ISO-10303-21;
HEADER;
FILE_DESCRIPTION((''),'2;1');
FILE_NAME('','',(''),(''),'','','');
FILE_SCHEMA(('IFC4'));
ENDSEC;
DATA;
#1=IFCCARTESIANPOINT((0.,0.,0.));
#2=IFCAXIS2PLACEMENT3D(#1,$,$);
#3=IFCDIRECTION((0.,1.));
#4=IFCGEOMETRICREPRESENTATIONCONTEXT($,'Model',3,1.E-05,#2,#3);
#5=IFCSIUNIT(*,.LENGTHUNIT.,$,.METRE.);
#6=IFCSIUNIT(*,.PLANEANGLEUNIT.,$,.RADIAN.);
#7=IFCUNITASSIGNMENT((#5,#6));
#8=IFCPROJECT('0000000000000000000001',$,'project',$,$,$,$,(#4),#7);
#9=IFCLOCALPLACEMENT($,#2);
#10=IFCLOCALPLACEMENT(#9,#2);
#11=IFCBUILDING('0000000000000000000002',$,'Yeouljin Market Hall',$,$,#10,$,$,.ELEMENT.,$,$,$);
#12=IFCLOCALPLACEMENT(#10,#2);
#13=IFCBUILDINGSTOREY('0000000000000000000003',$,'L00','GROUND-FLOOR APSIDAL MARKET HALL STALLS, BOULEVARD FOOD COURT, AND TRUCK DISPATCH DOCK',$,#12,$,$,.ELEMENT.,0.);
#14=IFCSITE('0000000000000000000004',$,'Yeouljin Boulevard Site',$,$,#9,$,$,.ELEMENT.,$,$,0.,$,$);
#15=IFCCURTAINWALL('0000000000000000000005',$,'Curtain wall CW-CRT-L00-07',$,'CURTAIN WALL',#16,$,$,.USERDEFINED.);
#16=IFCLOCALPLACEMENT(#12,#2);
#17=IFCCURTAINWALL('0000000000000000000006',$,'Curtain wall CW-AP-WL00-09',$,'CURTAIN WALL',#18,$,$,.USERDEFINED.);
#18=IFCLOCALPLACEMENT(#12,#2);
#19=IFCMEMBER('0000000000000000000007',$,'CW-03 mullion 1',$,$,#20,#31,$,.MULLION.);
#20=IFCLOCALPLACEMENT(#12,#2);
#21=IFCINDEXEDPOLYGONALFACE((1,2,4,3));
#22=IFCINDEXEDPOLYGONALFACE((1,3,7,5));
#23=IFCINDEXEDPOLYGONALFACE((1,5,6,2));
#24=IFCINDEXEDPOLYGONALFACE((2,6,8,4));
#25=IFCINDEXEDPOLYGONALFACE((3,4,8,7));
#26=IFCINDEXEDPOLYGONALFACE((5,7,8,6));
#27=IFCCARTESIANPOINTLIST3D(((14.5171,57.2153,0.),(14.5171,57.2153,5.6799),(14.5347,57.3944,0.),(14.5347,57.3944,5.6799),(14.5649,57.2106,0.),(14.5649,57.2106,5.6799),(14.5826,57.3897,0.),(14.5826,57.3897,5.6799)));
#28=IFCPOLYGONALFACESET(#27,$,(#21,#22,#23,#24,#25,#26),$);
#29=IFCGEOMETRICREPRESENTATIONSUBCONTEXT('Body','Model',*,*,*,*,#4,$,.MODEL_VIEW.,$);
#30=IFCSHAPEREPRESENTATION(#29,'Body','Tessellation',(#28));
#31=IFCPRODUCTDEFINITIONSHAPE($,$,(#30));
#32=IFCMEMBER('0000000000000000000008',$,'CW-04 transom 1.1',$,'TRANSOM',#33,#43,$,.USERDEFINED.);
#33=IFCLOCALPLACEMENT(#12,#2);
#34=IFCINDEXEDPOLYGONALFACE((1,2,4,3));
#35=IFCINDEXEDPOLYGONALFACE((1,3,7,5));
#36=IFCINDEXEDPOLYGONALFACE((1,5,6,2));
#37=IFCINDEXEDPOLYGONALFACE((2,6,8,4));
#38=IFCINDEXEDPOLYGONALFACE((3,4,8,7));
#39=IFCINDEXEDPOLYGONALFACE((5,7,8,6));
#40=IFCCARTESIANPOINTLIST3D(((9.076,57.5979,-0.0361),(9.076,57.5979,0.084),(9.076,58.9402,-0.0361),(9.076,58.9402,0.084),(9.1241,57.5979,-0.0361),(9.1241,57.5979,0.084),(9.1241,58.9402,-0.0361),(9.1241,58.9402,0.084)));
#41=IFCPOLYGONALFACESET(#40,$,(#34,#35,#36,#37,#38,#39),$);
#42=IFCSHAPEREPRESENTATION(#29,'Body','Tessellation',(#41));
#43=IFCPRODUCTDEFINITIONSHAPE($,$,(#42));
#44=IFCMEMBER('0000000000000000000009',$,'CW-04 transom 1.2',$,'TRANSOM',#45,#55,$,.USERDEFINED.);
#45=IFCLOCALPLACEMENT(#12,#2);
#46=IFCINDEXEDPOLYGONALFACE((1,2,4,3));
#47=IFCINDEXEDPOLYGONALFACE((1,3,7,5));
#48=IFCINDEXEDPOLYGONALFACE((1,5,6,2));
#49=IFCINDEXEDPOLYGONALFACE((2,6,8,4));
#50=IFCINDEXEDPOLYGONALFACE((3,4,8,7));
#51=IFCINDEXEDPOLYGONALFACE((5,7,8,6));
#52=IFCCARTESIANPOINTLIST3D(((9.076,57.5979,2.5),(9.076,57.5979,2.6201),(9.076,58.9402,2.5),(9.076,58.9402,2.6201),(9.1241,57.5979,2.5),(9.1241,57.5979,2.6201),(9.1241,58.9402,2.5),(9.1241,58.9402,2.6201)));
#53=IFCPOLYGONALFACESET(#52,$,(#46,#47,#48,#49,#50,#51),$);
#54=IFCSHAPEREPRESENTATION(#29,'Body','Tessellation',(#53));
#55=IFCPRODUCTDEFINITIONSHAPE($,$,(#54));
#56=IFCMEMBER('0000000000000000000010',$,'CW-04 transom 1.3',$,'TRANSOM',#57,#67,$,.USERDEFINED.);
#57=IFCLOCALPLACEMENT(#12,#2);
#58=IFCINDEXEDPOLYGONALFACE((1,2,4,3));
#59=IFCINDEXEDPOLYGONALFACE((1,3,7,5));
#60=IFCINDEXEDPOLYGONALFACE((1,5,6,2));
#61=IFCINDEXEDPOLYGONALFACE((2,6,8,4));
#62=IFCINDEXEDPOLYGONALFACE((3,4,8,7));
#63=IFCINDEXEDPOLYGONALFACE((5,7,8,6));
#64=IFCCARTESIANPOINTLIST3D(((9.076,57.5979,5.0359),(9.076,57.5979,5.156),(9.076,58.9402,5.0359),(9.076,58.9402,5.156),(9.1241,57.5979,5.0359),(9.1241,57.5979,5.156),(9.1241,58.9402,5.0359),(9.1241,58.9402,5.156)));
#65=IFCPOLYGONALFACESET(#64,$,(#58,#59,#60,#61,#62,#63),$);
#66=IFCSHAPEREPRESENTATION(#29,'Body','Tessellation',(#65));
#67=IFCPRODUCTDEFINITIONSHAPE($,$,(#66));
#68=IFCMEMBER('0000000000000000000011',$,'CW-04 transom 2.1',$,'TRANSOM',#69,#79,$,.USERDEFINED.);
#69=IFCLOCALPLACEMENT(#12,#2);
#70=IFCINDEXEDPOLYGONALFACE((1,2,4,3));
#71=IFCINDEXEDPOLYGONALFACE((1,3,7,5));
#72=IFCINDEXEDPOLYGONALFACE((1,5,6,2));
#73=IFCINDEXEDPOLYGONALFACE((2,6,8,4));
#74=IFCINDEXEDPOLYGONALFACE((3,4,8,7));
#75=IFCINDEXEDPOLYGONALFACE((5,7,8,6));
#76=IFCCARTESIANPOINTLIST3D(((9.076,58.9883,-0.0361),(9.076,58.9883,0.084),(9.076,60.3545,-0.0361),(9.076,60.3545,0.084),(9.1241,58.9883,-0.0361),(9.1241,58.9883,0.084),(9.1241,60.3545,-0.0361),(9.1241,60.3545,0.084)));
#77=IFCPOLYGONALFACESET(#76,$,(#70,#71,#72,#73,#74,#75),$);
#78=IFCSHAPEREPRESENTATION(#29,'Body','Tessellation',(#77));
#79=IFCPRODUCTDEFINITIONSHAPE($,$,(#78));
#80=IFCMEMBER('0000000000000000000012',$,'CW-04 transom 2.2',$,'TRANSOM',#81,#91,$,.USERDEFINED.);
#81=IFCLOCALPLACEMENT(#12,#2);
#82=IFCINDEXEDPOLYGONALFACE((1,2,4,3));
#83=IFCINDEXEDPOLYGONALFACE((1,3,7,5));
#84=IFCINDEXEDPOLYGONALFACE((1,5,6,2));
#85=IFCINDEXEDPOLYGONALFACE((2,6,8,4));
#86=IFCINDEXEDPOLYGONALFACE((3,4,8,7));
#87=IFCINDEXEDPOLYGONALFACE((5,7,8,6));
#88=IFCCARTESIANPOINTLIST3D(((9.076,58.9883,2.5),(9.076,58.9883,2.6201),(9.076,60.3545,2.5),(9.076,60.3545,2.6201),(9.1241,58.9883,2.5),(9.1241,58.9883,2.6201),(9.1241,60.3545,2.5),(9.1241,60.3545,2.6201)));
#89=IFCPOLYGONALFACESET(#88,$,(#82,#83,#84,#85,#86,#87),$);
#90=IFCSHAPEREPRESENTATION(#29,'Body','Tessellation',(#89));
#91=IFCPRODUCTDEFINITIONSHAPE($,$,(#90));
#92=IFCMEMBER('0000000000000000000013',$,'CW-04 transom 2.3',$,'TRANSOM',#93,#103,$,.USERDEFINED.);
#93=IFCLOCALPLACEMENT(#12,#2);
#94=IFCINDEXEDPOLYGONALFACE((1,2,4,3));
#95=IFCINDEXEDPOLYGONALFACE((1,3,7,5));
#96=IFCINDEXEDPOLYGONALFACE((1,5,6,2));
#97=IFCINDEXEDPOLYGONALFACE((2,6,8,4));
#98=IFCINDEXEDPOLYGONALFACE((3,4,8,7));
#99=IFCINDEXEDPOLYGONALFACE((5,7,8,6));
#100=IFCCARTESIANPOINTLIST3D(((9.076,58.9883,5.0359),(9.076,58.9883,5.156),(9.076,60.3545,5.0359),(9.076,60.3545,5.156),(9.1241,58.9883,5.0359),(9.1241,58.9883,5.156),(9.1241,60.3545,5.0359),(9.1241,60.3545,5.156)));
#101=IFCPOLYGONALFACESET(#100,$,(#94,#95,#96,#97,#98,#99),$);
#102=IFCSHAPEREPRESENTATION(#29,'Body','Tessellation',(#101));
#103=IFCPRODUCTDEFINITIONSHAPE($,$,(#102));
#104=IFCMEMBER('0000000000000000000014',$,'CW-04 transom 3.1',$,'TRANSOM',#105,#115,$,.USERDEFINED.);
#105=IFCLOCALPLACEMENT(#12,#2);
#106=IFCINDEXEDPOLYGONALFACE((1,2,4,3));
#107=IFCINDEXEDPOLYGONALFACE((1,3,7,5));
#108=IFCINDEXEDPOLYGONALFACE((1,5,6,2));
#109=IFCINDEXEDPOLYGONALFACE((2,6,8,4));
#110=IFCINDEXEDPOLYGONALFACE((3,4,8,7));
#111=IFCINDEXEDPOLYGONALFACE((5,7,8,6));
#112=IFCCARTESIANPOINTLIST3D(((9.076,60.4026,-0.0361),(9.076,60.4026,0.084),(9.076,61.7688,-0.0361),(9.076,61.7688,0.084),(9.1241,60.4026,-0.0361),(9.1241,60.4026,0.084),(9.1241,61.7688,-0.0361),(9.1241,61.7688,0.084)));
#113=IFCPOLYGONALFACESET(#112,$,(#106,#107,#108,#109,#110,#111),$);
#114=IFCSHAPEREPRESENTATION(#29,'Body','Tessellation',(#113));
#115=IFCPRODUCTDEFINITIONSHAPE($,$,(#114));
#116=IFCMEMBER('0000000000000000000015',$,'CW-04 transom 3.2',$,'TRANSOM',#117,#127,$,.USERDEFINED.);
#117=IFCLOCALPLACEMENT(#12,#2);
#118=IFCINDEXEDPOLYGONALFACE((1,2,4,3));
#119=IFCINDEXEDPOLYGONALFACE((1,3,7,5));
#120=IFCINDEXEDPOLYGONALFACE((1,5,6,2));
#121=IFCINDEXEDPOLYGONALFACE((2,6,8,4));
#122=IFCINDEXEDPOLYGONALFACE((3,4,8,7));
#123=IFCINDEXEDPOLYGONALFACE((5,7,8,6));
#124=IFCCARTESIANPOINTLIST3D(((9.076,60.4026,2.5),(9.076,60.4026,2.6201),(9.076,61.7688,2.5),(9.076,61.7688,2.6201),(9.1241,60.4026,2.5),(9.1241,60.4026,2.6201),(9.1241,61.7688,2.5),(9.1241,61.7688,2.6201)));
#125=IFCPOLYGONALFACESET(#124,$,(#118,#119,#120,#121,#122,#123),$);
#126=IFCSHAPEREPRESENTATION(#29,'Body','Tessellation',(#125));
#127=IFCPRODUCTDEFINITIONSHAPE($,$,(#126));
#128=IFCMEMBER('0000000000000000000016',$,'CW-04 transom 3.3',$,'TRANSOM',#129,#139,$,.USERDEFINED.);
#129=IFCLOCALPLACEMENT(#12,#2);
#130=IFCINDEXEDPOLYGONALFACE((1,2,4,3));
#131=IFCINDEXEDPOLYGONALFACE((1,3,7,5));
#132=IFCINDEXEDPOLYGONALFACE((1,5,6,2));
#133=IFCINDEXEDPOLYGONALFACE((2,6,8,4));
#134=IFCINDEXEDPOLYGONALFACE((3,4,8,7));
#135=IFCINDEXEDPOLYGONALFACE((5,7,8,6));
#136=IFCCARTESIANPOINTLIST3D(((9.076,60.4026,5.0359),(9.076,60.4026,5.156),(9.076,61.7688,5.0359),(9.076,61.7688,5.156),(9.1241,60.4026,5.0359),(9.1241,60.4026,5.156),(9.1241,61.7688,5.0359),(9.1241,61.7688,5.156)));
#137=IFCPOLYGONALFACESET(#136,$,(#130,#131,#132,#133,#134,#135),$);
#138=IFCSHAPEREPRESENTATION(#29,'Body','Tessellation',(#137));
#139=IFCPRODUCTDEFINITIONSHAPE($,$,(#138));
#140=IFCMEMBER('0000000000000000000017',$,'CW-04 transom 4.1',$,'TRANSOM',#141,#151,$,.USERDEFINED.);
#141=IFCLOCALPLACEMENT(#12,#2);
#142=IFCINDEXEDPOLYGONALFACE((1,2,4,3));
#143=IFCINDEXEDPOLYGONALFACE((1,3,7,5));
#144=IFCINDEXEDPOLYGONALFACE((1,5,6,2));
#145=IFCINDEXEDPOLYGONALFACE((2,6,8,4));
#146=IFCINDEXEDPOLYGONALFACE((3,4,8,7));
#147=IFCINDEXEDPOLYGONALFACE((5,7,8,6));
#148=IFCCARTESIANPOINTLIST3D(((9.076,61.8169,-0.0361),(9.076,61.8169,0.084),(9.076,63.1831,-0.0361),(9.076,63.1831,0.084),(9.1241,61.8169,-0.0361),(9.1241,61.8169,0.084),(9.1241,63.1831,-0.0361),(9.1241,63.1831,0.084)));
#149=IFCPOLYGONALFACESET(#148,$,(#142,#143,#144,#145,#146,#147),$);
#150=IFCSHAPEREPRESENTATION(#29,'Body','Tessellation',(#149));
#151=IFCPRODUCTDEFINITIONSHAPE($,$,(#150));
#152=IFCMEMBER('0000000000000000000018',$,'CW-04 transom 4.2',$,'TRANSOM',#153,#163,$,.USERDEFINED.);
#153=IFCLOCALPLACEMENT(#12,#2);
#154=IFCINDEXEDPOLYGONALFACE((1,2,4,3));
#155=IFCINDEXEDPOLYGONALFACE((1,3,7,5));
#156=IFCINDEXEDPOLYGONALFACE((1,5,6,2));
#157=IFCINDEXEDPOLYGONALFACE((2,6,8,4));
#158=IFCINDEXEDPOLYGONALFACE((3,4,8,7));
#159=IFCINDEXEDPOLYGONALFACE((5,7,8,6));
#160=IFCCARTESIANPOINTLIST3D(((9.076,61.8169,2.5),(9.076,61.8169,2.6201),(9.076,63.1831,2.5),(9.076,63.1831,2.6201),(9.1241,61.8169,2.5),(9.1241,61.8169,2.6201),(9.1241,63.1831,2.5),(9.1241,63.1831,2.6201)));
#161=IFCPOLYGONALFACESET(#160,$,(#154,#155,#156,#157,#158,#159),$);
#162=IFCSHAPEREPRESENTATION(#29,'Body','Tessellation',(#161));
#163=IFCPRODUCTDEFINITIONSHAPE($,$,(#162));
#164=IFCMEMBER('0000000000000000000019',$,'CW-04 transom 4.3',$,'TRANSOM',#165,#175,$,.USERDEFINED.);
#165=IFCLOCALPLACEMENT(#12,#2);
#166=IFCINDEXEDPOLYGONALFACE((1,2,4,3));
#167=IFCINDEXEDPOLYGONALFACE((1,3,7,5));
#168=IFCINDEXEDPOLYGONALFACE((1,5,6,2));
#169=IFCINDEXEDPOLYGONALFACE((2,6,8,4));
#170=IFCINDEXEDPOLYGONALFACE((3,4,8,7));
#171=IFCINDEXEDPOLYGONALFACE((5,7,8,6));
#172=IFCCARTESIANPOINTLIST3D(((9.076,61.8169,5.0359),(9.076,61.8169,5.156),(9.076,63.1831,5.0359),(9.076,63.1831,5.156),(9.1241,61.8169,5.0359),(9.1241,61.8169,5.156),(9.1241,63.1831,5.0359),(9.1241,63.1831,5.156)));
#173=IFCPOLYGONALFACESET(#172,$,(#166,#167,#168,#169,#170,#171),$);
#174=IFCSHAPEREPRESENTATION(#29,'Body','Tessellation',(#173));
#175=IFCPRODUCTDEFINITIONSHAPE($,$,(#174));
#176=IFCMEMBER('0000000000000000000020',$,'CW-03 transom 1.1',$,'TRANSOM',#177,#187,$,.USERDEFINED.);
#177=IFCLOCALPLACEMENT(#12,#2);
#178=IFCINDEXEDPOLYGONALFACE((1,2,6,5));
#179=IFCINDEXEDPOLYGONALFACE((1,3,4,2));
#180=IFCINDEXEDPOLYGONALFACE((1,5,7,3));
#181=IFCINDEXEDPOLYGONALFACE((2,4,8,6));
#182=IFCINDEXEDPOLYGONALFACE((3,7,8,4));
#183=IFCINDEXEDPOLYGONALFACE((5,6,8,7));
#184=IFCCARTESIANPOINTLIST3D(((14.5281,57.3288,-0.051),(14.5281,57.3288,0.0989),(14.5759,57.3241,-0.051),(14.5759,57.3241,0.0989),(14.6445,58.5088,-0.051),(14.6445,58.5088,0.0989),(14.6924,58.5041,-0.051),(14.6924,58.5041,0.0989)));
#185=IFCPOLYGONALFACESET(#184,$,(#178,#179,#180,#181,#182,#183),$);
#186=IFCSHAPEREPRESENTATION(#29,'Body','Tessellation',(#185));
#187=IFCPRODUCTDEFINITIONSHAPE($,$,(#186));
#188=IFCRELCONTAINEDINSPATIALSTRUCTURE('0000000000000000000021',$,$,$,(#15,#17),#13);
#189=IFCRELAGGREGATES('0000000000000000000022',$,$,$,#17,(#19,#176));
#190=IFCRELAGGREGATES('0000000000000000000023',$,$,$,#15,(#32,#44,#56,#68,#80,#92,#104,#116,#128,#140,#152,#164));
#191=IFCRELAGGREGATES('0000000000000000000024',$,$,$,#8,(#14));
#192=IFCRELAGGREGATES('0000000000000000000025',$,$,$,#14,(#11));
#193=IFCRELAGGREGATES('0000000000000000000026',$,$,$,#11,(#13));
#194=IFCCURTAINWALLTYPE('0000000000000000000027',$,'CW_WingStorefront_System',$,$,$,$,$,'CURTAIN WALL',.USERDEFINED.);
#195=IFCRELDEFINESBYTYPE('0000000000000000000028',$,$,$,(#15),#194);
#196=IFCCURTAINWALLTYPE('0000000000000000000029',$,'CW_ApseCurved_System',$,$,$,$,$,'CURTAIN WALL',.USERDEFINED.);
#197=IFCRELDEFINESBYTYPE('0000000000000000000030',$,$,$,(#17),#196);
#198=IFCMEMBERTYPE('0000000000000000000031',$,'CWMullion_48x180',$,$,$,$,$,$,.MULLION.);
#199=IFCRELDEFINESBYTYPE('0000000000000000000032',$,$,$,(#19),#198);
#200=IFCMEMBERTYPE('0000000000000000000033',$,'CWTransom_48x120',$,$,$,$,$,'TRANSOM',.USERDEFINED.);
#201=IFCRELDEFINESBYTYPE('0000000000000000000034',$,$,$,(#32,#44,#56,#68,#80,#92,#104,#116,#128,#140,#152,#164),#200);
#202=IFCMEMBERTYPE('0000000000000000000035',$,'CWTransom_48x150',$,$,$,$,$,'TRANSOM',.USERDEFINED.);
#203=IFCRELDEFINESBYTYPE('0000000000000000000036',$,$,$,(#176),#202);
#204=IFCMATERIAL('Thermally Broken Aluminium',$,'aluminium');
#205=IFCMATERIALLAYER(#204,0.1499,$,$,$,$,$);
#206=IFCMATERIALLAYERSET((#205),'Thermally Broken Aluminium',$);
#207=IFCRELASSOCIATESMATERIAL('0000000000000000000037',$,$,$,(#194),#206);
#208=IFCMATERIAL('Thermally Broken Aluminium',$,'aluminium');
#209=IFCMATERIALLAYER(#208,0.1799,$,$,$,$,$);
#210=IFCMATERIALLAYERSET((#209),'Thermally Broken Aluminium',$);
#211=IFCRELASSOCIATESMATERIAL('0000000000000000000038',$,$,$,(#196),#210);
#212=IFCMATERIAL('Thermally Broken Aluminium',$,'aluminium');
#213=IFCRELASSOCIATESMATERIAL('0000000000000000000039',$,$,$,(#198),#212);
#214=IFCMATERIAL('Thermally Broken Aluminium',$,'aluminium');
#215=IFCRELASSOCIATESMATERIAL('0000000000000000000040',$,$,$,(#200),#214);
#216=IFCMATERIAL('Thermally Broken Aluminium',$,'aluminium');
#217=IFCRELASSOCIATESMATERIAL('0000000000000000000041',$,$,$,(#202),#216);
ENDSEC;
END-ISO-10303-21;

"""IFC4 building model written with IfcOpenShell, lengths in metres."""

from ifc_helpers import new_model, si_unit, direction, frame, origin, origin_2d, place, context, subcontext, project, spatial, rectangle, extrude, material, layer, layer_set, material_profile, profile_set, type_object, element, aggregate, save


model = new_model("IFC4")

# Units and contexts
model_context = context("Model", 3, precision=1e-05, world=origin(), true_north=direction((0.0, 1.0)))
body_context = subcontext(model_context, "Body", "Model", "MODEL_VIEW")
ifc_project = project(units=[si_unit("LENGTHUNIT", "METRE"), si_unit("PLANEANGLEUNIT", "RADIAN")], contexts=[model_context])

# Site, building, storey
site_placement = place(None, origin())
site = spatial("IfcSite", under=ifc_project, at=site_placement, Name="Yeouljin Boulevard Site", CompositionType="ELEMENT", RefElevation=0.0)
building_placement = place(site_placement, origin())
building = spatial("IfcBuilding", under=site, at=building_placement, Name="Yeouljin Market Hall", CompositionType="ELEMENT")
storey_placement = place(building_placement, origin())
storey = spatial("IfcBuildingStorey", under=building, at=storey_placement, Name="L00", Description="GROUND-FLOOR APSIDAL MARKET HALL STALLS, BOULEVARD FOOD COURT, AND TRUCK DISPATCH DOCK", CompositionType="ELEMENT", Elevation=0.0)

# Curtain wall
ifc_material_1 = material(Name="Thermally Broken Aluminium", Category="aluminium")
ifc_layer_1 = layer(ifc_material_1, 0.1499)
ifc_layer_set_1 = layer_set([ifc_layer_1], Name="Thermally Broken Aluminium")
curtain_wall_type_1 = type_object("IfcCurtainWallType", Name="CW_WingStorefront_System", ElementType="CURTAIN WALL", PredefinedType="USERDEFINED", material=ifc_layer_set_1)
curtain_wall_1_placement = place(storey_placement, origin())
curtain_wall_1 = element("IfcCurtainWall", 1, at=curtain_wall_1_placement, inside=storey, type_object=curtain_wall_type_1, Name="Curtain wall CW-CRT-L00-07", ObjectType="CURTAIN WALL", PredefinedType="USERDEFINED")

# Curtain wall, member
ifc_material_2 = material(Name="Thermally Broken Aluminium", Category="aluminium")
ifc_layer_2 = layer(ifc_material_2, 0.1799)
ifc_layer_set_2 = layer_set([ifc_layer_2], Name="Thermally Broken Aluminium")
curtain_wall_type_2 = type_object("IfcCurtainWallType", Name="CW_ApseCurved_System", ElementType="CURTAIN WALL", PredefinedType="USERDEFINED", material=ifc_layer_set_2)
ifc_material_3 = material(Name="Thermally Broken Aluminium", Category="aluminium")
ifc_material_profile_1 = material_profile(ifc_material_3, rectangle(XDim=0.0481, YDim=0.1799, at=origin_2d()), Name="CW-MULL-48x180")
ifc_profile_set_1 = profile_set([ifc_material_profile_1], Name="Thermally Broken Aluminium")
member_type_1 = type_object("IfcMemberType", Name="CWMullion_48x180", PredefinedType="MULLION", material=ifc_profile_set_1)
curtain_wall_2_placement = place(storey_placement, origin())
curtain_wall_2 = element("IfcCurtainWall", 2, at=curtain_wall_2_placement, inside=storey, type_object=curtain_wall_type_2, Name="Curtain wall CW-AP-WL00-09", ObjectType="CURTAIN WALL", PredefinedType="USERDEFINED")
member_1_placement = place(storey_placement, frame((14.5498, 57.3025, 0.0), z_axis=(0.0, 0.0, 1.0), x_axis=(-0.995183, 0.098034, 0.0)))
member_1 = element("IfcMember", 3, at=member_1_placement, type_object=member_type_1, Name="CW-03 mullion 1", PredefinedType="MULLION", context=body_context, shape_type="SweptSolid", body=[
    extrude(rectangle(XDim=0.0481, YDim=0.1799, at=origin_2d()), origin(), (0.0, 0.0, 1.0), 5.6799),
])

# Members
ifc_material_4 = material(Name="Thermally Broken Aluminium", Category="aluminium")
ifc_material_profile_2 = material_profile(ifc_material_4, rectangle(XDim=0.0481, YDim=0.1201, at=origin_2d()), Name="CW-TRAN-48x120")
ifc_profile_set_2 = profile_set([ifc_material_profile_2], Name="Thermally Broken Aluminium")
member_type_2 = type_object("IfcMemberType", Name="CWTransom_48x120", ElementType="TRANSOM", PredefinedType="USERDEFINED", material=ifc_profile_set_2)
member_2_placement = place(storey_placement, frame((9.1001, 57.5979, 0.0239), z_axis=(0.0, 1.0, 0.0), x_axis=(-1.0, 0.0, 0.0)))
member_2 = element("IfcMember", 4, at=member_2_placement, type_object=member_type_2, Name="CW-04 transom 1.1", ObjectType="TRANSOM", PredefinedType="USERDEFINED", context=body_context, shape_type="SweptSolid", body=[
    extrude(rectangle(XDim=0.0481, YDim=0.1201, at=origin_2d()), origin(), (0.0, 0.0, 1.0), 1.3423),
])
member_3_placement = place(storey_placement, frame((9.1001, 57.5979, 2.5601), z_axis=(0.0, 1.0, 0.0), x_axis=(-1.0, 0.0, 0.0)))
member_3 = element("IfcMember", 5, at=member_3_placement, type_object=member_type_2, Name="CW-04 transom 1.2", ObjectType="TRANSOM", PredefinedType="USERDEFINED", context=body_context, shape_type="SweptSolid", body=[
    extrude(rectangle(XDim=0.0481, YDim=0.1201, at=origin_2d()), origin(), (0.0, 0.0, 1.0), 1.3423),
])
member_4_placement = place(storey_placement, frame((9.1001, 57.5979, 5.0959), z_axis=(0.0, 1.0, 0.0), x_axis=(-1.0, 0.0, 0.0)))
member_4 = element("IfcMember", 6, at=member_4_placement, type_object=member_type_2, Name="CW-04 transom 1.3", ObjectType="TRANSOM", PredefinedType="USERDEFINED", context=body_context, shape_type="SweptSolid", body=[
    extrude(rectangle(XDim=0.0481, YDim=0.1201, at=origin_2d()), origin(), (0.0, 0.0, 1.0), 1.3423),
])
member_5_placement = place(storey_placement, frame((9.1001, 58.9883, 0.0239), z_axis=(0.0, 1.0, 0.0), x_axis=(-1.0, 0.0, 0.0)))
member_5 = element("IfcMember", 7, at=member_5_placement, type_object=member_type_2, Name="CW-04 transom 2.1", ObjectType="TRANSOM", PredefinedType="USERDEFINED", context=body_context, shape_type="SweptSolid", body=[
    extrude(rectangle(XDim=0.0481, YDim=0.1201, at=origin_2d()), origin(), (0.0, 0.0, 1.0), 1.3662),
])
member_6_placement = place(storey_placement, frame((9.1001, 58.9883, 2.5601), z_axis=(0.0, 1.0, 0.0), x_axis=(-1.0, 0.0, 0.0)))
member_6 = element("IfcMember", 8, at=member_6_placement, type_object=member_type_2, Name="CW-04 transom 2.2", ObjectType="TRANSOM", PredefinedType="USERDEFINED", context=body_context, shape_type="SweptSolid", body=[
    extrude(rectangle(XDim=0.0481, YDim=0.1201, at=origin_2d()), origin(), (0.0, 0.0, 1.0), 1.3662),
])
member_7_placement = place(storey_placement, frame((9.1001, 58.9883, 5.0959), z_axis=(0.0, 1.0, 0.0), x_axis=(-1.0, 0.0, 0.0)))
member_7 = element("IfcMember", 9, at=member_7_placement, type_object=member_type_2, Name="CW-04 transom 2.3", ObjectType="TRANSOM", PredefinedType="USERDEFINED", context=body_context, shape_type="SweptSolid", body=[
    extrude(rectangle(XDim=0.0481, YDim=0.1201, at=origin_2d()), origin(), (0.0, 0.0, 1.0), 1.3662),
])
member_8_placement = place(storey_placement, frame((9.1001, 60.4026, 0.0239), z_axis=(0.0, 1.0, 0.0), x_axis=(-1.0, 0.0, 0.0)))
member_8 = element("IfcMember", 10, at=member_8_placement, type_object=member_type_2, Name="CW-04 transom 3.1", ObjectType="TRANSOM", PredefinedType="USERDEFINED", context=body_context, shape_type="SweptSolid", body=[
    extrude(rectangle(XDim=0.0481, YDim=0.1201, at=origin_2d()), origin(), (0.0, 0.0, 1.0), 1.3662),
])
member_9_placement = place(storey_placement, frame((9.1001, 60.4026, 2.5601), z_axis=(0.0, 1.0, 0.0), x_axis=(-1.0, 0.0, 0.0)))
member_9 = element("IfcMember", 11, at=member_9_placement, type_object=member_type_2, Name="CW-04 transom 3.2", ObjectType="TRANSOM", PredefinedType="USERDEFINED", context=body_context, shape_type="SweptSolid", body=[
    extrude(rectangle(XDim=0.0481, YDim=0.1201, at=origin_2d()), origin(), (0.0, 0.0, 1.0), 1.3662),
])
member_10_placement = place(storey_placement, frame((9.1001, 60.4026, 5.0959), z_axis=(0.0, 1.0, 0.0), x_axis=(-1.0, 0.0, 0.0)))
member_10 = element("IfcMember", 12, at=member_10_placement, type_object=member_type_2, Name="CW-04 transom 3.3", ObjectType="TRANSOM", PredefinedType="USERDEFINED", context=body_context, shape_type="SweptSolid", body=[
    extrude(rectangle(XDim=0.0481, YDim=0.1201, at=origin_2d()), origin(), (0.0, 0.0, 1.0), 1.3662),
])
member_11_placement = place(storey_placement, frame((9.1001, 61.8169, 0.0239), z_axis=(0.0, 1.0, 0.0), x_axis=(-1.0, 0.0, 0.0)))
member_11 = element("IfcMember", 13, at=member_11_placement, type_object=member_type_2, Name="CW-04 transom 4.1", ObjectType="TRANSOM", PredefinedType="USERDEFINED", context=body_context, shape_type="SweptSolid", body=[
    extrude(rectangle(XDim=0.0481, YDim=0.1201, at=origin_2d()), origin(), (0.0, 0.0, 1.0), 1.3662),
])
member_12_placement = place(storey_placement, frame((9.1001, 61.8169, 2.5601), z_axis=(0.0, 1.0, 0.0), x_axis=(-1.0, 0.0, 0.0)))
member_12 = element("IfcMember", 14, at=member_12_placement, type_object=member_type_2, Name="CW-04 transom 4.2", ObjectType="TRANSOM", PredefinedType="USERDEFINED", context=body_context, shape_type="SweptSolid", body=[
    extrude(rectangle(XDim=0.0481, YDim=0.1201, at=origin_2d()), origin(), (0.0, 0.0, 1.0), 1.3662),
])
member_13_placement = place(storey_placement, frame((9.1001, 61.8169, 5.0959), z_axis=(0.0, 1.0, 0.0), x_axis=(-1.0, 0.0, 0.0)))
member_13 = element("IfcMember", 15, at=member_13_placement, type_object=member_type_2, Name="CW-04 transom 4.3", ObjectType="TRANSOM", PredefinedType="USERDEFINED", context=body_context, shape_type="SweptSolid", body=[
    extrude(rectangle(XDim=0.0481, YDim=0.1201, at=origin_2d()), origin(), (0.0, 0.0, 1.0), 1.3662),
])
ifc_material_5 = material(Name="Thermally Broken Aluminium", Category="aluminium")
ifc_material_profile_3 = material_profile(ifc_material_5, rectangle(XDim=0.0481, YDim=0.1499, at=origin_2d()), Name="CW-TRAN-48x150")
ifc_profile_set_3 = profile_set([ifc_material_profile_3], Name="Thermally Broken Aluminium")
member_type_3 = type_object("IfcMemberType", Name="CWTransom_48x150", ElementType="TRANSOM", PredefinedType="USERDEFINED", material=ifc_profile_set_3)
member_14_placement = place(storey_placement, frame((14.552, 57.3264, 0.0239), z_axis=(0.098199, 0.995167, 0.0), x_axis=(-0.995167, 0.098199, 0.0)))
member_14 = element("IfcMember", 16, at=member_14_placement, type_object=member_type_3, Name="CW-03 transom 1.1", ObjectType="TRANSOM", PredefinedType="USERDEFINED", context=body_context, shape_type="SweptSolid", body=[
    extrude(rectangle(XDim=0.0481, YDim=0.1499, at=origin_2d()), origin(), (0.0, 0.0, 1.0), 1.1858),
])
aggregate(curtain_wall_2, [member_1, member_14])

aggregate(curtain_wall_1, [member_2, member_3, member_4, member_5, member_6, member_7, member_8, member_9, member_10, member_11, member_12, member_13])

save(model, "model.ifc")
